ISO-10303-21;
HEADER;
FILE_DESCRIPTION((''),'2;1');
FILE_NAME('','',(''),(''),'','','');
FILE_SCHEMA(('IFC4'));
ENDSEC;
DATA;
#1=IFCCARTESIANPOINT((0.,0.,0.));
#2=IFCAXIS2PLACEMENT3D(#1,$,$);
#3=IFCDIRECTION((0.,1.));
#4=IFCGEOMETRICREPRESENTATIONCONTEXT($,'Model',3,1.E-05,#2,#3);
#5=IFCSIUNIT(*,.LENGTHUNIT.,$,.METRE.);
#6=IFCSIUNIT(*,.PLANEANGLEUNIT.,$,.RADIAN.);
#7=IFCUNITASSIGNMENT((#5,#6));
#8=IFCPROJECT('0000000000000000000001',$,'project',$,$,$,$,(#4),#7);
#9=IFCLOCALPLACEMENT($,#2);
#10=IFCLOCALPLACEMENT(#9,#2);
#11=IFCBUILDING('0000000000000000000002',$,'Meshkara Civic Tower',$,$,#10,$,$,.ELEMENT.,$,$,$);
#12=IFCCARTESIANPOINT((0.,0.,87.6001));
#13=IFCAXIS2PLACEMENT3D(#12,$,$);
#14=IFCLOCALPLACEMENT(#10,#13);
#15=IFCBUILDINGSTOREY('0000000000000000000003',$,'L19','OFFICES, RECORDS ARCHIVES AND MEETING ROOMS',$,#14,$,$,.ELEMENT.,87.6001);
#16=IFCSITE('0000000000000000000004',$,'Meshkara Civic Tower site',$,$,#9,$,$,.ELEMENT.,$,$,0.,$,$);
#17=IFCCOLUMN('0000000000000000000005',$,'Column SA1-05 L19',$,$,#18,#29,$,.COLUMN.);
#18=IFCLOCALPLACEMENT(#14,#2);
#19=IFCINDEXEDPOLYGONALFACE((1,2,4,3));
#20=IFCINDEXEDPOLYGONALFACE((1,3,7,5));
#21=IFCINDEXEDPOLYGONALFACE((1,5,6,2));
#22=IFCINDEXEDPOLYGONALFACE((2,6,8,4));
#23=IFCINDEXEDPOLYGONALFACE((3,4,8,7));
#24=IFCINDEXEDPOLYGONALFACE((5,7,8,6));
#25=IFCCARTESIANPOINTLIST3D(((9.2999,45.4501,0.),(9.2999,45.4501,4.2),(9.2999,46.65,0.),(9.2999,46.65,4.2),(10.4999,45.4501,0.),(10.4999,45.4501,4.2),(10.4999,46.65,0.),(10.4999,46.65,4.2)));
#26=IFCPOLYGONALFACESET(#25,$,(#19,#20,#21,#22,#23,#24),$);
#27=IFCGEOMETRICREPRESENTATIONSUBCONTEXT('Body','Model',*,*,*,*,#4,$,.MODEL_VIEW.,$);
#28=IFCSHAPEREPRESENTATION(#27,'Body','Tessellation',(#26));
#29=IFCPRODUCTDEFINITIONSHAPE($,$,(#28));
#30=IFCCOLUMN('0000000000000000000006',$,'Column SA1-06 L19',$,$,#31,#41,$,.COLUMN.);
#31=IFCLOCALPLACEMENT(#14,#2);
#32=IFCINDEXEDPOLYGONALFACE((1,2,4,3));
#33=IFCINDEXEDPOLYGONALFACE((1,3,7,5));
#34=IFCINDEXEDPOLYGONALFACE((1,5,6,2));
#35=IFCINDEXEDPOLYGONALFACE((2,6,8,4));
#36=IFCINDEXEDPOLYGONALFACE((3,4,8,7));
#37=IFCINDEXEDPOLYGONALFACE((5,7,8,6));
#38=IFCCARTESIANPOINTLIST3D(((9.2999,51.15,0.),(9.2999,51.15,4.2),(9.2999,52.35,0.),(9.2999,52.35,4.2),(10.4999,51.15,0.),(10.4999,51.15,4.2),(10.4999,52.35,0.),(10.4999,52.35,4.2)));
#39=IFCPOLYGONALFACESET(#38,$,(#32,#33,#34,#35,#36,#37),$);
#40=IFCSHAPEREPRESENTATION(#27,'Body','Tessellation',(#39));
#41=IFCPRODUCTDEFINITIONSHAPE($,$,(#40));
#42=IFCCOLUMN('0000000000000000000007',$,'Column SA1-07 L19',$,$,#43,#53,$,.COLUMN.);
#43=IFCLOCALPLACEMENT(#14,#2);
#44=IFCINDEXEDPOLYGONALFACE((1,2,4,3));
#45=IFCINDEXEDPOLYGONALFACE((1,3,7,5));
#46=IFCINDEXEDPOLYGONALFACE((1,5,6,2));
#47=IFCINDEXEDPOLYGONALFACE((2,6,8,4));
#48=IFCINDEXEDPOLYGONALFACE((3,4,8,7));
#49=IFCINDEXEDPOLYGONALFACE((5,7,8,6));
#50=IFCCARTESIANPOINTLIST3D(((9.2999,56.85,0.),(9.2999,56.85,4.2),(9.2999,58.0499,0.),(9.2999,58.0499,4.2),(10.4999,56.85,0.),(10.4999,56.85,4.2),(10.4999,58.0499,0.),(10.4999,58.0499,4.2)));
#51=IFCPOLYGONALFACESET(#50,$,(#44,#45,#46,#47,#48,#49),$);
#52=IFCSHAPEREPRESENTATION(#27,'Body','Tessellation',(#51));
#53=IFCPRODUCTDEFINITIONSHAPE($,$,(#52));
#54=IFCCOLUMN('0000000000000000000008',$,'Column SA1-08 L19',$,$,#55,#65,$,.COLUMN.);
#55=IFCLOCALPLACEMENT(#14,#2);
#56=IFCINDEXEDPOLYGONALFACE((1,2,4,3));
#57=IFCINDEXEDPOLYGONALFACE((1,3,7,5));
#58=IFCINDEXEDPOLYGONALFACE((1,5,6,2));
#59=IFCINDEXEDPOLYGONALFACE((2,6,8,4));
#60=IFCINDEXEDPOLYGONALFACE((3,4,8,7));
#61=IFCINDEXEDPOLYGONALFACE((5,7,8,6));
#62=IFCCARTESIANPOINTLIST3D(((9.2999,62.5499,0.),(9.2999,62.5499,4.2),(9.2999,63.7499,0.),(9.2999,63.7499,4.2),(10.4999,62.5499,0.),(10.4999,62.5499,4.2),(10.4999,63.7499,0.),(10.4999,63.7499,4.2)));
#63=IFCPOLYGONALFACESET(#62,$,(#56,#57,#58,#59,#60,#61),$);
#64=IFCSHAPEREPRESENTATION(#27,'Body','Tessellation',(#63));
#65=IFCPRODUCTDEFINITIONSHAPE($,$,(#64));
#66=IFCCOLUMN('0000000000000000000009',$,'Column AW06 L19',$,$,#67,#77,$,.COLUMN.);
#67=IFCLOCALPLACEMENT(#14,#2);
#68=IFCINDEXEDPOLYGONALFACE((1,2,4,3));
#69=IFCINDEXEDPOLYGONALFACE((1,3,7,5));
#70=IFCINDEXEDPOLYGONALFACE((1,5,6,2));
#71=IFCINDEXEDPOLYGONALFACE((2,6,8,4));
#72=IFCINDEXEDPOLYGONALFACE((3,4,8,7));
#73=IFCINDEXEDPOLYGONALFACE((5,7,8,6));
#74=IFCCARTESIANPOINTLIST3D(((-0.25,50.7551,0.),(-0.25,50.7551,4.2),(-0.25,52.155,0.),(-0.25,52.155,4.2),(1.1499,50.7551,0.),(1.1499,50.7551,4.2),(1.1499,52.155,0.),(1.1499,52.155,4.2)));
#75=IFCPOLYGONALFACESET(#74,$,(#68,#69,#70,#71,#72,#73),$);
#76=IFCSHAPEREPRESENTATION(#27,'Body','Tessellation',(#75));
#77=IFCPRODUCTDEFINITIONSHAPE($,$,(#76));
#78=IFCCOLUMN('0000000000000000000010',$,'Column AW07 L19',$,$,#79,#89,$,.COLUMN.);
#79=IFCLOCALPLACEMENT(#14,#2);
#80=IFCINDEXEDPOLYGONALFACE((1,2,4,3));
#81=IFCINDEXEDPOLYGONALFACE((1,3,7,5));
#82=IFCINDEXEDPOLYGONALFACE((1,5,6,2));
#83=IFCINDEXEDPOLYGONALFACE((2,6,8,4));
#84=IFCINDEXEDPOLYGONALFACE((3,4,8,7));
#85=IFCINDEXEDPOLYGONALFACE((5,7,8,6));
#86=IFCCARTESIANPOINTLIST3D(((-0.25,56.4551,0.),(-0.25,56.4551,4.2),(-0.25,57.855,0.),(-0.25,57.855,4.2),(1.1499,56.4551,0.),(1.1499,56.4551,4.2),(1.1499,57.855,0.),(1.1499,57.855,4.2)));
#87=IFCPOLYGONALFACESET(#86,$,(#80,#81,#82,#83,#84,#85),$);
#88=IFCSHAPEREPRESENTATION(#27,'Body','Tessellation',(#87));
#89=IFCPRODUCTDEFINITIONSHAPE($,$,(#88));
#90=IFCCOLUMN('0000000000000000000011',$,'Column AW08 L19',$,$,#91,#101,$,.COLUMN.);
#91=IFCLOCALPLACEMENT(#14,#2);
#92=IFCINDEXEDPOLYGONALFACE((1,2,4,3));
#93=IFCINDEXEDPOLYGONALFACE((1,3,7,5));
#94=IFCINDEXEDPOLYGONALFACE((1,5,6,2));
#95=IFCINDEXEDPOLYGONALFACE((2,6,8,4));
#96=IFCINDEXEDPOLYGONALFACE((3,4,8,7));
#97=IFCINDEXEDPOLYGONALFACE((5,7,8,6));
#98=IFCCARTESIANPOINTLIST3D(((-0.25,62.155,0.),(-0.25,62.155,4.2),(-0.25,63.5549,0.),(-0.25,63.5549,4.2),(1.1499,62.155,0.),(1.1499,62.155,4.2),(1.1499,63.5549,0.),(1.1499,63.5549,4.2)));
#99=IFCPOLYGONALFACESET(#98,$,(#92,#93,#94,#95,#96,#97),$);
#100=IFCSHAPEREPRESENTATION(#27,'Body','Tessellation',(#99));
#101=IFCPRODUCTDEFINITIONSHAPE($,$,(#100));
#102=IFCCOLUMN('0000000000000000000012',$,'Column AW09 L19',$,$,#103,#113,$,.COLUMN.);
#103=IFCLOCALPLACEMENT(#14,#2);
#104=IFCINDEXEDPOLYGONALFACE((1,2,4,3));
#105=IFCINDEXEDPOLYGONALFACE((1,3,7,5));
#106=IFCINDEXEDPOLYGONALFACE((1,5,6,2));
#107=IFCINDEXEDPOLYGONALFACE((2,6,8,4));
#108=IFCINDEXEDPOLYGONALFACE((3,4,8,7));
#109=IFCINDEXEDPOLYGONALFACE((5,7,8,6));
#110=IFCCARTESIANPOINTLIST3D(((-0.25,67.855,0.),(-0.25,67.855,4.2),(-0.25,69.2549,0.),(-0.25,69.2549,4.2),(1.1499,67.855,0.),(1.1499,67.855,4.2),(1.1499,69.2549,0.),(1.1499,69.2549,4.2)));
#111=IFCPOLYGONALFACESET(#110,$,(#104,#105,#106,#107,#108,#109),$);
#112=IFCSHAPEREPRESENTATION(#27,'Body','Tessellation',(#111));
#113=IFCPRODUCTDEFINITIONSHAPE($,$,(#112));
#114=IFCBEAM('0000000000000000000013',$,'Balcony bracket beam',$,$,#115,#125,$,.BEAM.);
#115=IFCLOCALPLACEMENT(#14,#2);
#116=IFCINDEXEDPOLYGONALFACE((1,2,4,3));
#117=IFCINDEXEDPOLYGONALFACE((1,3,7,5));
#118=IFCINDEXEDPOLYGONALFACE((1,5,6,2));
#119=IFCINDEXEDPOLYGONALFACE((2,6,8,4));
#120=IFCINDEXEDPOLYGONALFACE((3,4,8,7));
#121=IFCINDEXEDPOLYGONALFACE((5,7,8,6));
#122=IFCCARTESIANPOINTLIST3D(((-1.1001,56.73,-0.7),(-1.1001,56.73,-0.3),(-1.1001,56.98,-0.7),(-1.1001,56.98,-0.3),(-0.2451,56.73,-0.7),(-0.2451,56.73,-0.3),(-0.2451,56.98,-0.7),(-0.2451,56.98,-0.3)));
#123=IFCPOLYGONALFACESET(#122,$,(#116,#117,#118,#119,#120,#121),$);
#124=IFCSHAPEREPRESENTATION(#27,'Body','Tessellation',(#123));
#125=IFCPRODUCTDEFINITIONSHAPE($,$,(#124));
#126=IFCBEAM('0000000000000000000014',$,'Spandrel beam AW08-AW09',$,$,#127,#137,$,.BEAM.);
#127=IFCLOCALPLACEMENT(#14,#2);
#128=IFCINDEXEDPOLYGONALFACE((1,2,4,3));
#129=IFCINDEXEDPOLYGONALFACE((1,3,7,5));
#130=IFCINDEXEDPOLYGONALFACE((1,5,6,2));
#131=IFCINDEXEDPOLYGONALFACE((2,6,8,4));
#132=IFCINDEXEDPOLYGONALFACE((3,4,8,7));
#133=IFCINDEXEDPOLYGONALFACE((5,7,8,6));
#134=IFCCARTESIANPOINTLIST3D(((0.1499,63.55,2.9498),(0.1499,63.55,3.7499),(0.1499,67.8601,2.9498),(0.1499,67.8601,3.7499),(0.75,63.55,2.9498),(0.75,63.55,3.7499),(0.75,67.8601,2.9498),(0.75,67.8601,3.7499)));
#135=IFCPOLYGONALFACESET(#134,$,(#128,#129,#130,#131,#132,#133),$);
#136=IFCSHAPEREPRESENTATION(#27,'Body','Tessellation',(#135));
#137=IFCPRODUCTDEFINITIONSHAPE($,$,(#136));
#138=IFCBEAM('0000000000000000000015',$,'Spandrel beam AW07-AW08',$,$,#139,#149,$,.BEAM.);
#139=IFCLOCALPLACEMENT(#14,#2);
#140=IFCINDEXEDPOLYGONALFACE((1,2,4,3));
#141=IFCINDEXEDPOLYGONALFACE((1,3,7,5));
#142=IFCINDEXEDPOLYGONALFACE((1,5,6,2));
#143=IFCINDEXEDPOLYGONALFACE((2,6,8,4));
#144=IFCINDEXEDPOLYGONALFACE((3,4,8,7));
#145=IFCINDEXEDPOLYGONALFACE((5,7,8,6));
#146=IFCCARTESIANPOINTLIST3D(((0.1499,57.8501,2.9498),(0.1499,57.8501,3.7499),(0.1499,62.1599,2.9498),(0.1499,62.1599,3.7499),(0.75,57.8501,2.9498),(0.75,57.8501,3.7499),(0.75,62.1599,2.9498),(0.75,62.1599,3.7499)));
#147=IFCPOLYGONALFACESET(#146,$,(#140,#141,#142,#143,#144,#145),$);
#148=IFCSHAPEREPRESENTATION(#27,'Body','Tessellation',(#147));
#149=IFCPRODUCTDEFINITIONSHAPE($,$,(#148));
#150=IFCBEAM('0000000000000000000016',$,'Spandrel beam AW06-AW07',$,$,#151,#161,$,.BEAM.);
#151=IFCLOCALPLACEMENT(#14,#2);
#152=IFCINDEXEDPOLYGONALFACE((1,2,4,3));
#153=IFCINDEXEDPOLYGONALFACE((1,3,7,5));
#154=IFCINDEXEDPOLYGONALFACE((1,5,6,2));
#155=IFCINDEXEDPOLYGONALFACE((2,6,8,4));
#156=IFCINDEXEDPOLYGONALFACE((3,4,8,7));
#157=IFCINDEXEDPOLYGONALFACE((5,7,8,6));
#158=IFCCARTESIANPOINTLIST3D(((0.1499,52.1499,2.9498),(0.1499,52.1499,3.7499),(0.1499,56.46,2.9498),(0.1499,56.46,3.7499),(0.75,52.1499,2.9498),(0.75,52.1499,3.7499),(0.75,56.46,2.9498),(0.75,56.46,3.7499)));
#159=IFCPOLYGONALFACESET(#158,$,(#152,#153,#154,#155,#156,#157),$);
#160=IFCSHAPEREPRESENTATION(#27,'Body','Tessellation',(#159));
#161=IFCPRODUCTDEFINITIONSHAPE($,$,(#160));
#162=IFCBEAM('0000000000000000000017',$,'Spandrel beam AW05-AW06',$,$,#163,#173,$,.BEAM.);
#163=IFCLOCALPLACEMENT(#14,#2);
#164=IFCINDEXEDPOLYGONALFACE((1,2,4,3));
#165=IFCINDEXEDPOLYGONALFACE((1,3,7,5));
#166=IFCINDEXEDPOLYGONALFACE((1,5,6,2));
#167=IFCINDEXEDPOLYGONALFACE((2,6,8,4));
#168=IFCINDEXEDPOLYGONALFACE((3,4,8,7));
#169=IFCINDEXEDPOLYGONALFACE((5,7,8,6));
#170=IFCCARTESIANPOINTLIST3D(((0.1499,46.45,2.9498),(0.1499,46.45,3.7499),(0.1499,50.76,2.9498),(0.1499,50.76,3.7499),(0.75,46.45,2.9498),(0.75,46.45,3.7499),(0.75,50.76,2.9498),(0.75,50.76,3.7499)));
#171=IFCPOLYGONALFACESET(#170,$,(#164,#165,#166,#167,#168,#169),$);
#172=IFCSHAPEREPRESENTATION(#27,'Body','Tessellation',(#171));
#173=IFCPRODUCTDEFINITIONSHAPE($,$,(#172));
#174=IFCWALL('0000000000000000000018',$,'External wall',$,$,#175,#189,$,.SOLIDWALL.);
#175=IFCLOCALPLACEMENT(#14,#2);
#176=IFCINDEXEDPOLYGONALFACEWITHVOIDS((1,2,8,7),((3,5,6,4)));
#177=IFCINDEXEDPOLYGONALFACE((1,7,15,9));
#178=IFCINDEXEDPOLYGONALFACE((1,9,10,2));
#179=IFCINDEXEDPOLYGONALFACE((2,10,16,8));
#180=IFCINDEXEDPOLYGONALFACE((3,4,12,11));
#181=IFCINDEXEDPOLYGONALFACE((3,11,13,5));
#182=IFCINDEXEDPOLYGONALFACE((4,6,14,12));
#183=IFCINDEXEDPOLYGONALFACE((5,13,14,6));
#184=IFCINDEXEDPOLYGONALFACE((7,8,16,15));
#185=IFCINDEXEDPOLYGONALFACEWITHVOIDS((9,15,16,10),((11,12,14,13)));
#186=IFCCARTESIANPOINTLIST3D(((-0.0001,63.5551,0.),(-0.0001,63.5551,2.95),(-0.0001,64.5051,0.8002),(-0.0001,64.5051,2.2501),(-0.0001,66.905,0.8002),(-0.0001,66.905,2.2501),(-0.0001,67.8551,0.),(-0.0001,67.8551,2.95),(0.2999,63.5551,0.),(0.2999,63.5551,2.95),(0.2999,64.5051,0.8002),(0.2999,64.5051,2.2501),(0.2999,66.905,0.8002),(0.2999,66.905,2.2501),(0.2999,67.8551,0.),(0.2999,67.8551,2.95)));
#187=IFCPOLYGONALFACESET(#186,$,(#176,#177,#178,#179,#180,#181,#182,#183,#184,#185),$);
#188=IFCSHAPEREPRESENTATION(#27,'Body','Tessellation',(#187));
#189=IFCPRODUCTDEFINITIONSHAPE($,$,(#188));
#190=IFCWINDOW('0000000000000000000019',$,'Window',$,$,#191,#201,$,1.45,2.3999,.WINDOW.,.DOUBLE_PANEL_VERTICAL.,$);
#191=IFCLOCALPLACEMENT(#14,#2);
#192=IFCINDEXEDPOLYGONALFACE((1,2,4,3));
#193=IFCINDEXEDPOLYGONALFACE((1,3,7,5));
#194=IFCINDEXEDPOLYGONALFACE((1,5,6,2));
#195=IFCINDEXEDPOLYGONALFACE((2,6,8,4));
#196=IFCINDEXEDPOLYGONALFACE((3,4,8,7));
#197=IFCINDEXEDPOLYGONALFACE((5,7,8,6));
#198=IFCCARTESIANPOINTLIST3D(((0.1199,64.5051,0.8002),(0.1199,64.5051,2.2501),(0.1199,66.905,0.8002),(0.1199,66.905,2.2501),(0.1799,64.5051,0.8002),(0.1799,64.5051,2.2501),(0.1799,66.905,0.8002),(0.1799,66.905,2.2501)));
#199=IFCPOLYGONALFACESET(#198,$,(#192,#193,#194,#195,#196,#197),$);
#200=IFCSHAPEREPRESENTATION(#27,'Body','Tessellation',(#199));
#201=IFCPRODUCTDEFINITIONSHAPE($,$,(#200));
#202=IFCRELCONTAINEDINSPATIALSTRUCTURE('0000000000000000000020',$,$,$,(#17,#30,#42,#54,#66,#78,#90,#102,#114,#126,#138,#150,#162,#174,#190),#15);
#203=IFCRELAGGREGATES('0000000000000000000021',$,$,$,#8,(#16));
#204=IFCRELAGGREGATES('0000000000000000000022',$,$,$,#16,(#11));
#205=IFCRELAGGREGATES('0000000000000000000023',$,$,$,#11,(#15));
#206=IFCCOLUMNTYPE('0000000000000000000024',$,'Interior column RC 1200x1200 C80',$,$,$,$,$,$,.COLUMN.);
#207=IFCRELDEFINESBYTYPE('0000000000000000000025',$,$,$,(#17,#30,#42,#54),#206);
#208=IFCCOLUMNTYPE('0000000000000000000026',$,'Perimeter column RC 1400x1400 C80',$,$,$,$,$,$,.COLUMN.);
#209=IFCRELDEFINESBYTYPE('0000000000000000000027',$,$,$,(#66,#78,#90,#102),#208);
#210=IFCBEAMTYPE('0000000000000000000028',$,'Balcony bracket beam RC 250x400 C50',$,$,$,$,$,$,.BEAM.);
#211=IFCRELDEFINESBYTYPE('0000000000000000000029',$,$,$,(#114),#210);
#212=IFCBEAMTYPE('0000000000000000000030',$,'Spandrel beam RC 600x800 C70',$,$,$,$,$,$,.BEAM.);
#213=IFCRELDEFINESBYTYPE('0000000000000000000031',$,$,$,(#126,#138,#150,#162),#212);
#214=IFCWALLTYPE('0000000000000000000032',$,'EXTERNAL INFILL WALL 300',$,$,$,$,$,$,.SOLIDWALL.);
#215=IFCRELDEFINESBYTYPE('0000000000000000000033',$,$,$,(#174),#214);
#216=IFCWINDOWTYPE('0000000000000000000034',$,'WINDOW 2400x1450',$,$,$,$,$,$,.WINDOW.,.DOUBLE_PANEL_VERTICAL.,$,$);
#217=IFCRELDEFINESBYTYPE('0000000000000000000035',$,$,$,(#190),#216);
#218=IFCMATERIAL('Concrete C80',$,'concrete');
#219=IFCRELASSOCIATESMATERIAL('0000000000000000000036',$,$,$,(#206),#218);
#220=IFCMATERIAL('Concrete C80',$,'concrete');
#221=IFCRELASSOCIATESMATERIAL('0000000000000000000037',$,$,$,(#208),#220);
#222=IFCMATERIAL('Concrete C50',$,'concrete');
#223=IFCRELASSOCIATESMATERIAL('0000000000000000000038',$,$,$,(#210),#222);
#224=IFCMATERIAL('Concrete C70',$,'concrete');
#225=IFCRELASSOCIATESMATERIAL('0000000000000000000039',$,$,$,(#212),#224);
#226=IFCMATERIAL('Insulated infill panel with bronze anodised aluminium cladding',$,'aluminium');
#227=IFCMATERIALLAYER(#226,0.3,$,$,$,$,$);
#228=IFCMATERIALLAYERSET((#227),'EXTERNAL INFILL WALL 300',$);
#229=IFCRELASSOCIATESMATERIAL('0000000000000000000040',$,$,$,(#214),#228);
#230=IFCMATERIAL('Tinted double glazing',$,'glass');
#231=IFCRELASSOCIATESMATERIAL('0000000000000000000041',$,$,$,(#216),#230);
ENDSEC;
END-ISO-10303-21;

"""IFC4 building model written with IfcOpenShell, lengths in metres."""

from ifc_helpers import new_model, si_unit, direction, frame, frame_2d, origin, origin_2d, place, context, subcontext, project, spatial, rectangle, extrude, material, layer, layer_set, material_profile, profile_set, type_object, element, fill, save


model = new_model("IFC4")

# Units and contexts
model_context = context("Model", 3, precision=1e-05, world=origin(), true_north=direction((0.0, 1.0)))
body_context = subcontext(model_context, "Body", "Model", "MODEL_VIEW")
ifc_project = project(units=[si_unit("LENGTHUNIT", "METRE"), si_unit("PLANEANGLEUNIT", "RADIAN")], contexts=[model_context])

# Site, building, storey
site_placement = place(None, origin())
site = spatial("IfcSite", under=ifc_project, at=site_placement, Name="Meshkara Civic Tower site", CompositionType="ELEMENT", RefElevation=0.0)
building_placement = place(site_placement, origin())
building = spatial("IfcBuilding", under=site, at=building_placement, Name="Meshkara Civic Tower", CompositionType="ELEMENT")
storey_placement = place(building_placement, frame((0.0, 0.0, 87.6001)))
storey = spatial("IfcBuildingStorey", under=building, at=storey_placement, Name="L19", Description="OFFICES, RECORDS ARCHIVES AND MEETING ROOMS", CompositionType="ELEMENT", Elevation=87.6001)

# Columns
ifc_material_1 = material(Name="Concrete C80", Category="concrete")
ifc_material_profile_1 = material_profile(ifc_material_1, rectangle(XDim=1.2, YDim=1.2, at=origin_2d()))
ifc_profile_set_1 = profile_set([ifc_material_profile_1], Name="Concrete C80")
column_type_1 = type_object("IfcColumnType", Name="Interior column RC 1200x1200 C80", PredefinedType="COLUMN", material=ifc_profile_set_1)
for number, where, z_axis, x_axis, name in (
    (1, (9.8999, 46.05, 0.0), (0.0, 0.0, 1.0), (1.0, 0.0, 0.0), "Column SA1-05 L19"),
    (2, (9.8999, 51.75, 0.0), (0.0, 0.0, 1.0), (1.0, 0.0, 0.0), "Column SA1-06 L19"),
    (3, (9.8999, 57.45, 0.0), (0.0, 0.0, 1.0), (1.0, 0.0, 0.0), "Column SA1-07 L19"),
    (4, (9.8999, 63.1499, 0.0), (0.0, 0.0, 1.0), (1.0, 0.0, 0.0), "Column SA1-08 L19"),
):
    element("IfcColumn", number, at=place(storey_placement, frame(where, z_axis=z_axis, x_axis=x_axis)), inside=storey, type_object=column_type_1, Name=name, PredefinedType="COLUMN", context=body_context, shape_type="SweptSolid", body=[
        extrude(rectangle(XDim=1.2, YDim=1.2, at=origin_2d()), origin(), (0.0, 0.0, 1.0), 4.2),
    ])
ifc_material_2 = material(Name="Concrete C80", Category="concrete")
ifc_material_profile_2 = material_profile(ifc_material_2, rectangle(XDim=1.3999, YDim=1.3999, at=origin_2d()))
ifc_profile_set_2 = profile_set([ifc_material_profile_2], Name="Concrete C80")
column_type_2 = type_object("IfcColumnType", Name="Perimeter column RC 1400x1400 C80", PredefinedType="COLUMN", material=ifc_profile_set_2)
for number, where, z_axis, x_axis, name in (
    (5, (0.45, 51.4551, 0.0), (0.0, 0.0, 1.0), (1.0, 0.0, 0.0), "Column AW06 L19"),
    (6, (0.45, 57.155, 0.0), (0.0, 0.0, 1.0), (1.0, 0.0, 0.0), "Column AW07 L19"),
    (7, (0.45, 62.855, 0.0), (0.0, 0.0, 1.0), (1.0, 0.0, 0.0), "Column AW08 L19"),
    (8, (0.45, 68.5549, 0.0), (0.0, 0.0, 1.0), (1.0, 0.0, 0.0), "Column AW09 L19"),
):
    element("IfcColumn", number, at=place(storey_placement, frame(where, z_axis=z_axis, x_axis=x_axis)), inside=storey, type_object=column_type_2, Name=name, PredefinedType="COLUMN", context=body_context, shape_type="SweptSolid", body=[
        extrude(rectangle(XDim=1.3999, YDim=1.3999, at=origin_2d()), origin(), (0.0, 0.0, 1.0), 4.2),
    ])

# Beams
ifc_material_3 = material(Name="Concrete C50", Category="concrete")
ifc_material_profile_3 = material_profile(ifc_material_3, rectangle(XDim=0.25, YDim=0.3999, at=origin_2d()))
ifc_profile_set_3 = profile_set([ifc_material_profile_3], Name="Concrete C50")
beam_type_1 = type_object("IfcBeamType", Name="Balcony bracket beam RC 250x400 C50", PredefinedType="BEAM", material=ifc_profile_set_3)
beam_1_placement = place(storey_placement, frame((-0.2451, 56.855, -0.5), z_axis=(-1.0, 0.0, 0.0), x_axis=(0.0, -1.0, 0.0)))
element("IfcBeam", 9, at=beam_1_placement, inside=storey, type_object=beam_type_1, Name="Balcony bracket beam", PredefinedType="BEAM", context=body_context, shape_type="SweptSolid", body=[
    extrude(rectangle(XDim=0.25, YDim=0.3999, at=origin_2d()), origin(), (0.0, 0.0, 1.0), 0.855),
])
ifc_material_4 = material(Name="Concrete C70", Category="concrete")
ifc_material_profile_4 = material_profile(ifc_material_4, rectangle(XDim=0.6001, YDim=0.8, at=origin_2d()))
ifc_profile_set_4 = profile_set([ifc_material_profile_4], Name="Concrete C70")
beam_type_2 = type_object("IfcBeamType", Name="Spandrel beam RC 600x800 C70", PredefinedType="BEAM", material=ifc_profile_set_4)
beam_2_placement = place(storey_placement, frame((0.45, 67.8601, 3.3499), z_axis=(0.0, -1.0, 0.0), x_axis=(1.0, 0.0, 0.0)))
element("IfcBeam", 10, at=beam_2_placement, inside=storey, type_object=beam_type_2, Name="Spandrel beam AW08-AW09", PredefinedType="BEAM", context=body_context, shape_type="SweptSolid", body=[
    extrude(rectangle(XDim=0.6001, YDim=0.8, at=origin_2d()), origin(), (0.0, 0.0, 1.0), 4.3101),
])
beam_3_placement = place(storey_placement, frame((0.45, 62.1599, 3.3499), z_axis=(0.0, -1.0, 0.0), x_axis=(1.0, 0.0, 0.0)))
element("IfcBeam", 11, at=beam_3_placement, inside=storey, type_object=beam_type_2, Name="Spandrel beam AW07-AW08", PredefinedType="BEAM", context=body_context, shape_type="SweptSolid", body=[
    extrude(rectangle(XDim=0.6001, YDim=0.8, at=origin_2d()), origin(), (0.0, 0.0, 1.0), 4.3098),
])
for number, where, z_axis, x_axis, name in (
    (12, (0.45, 56.46, 3.3499), (0.0, -1.0, 0.0), (1.0, 0.0, 0.0), "Spandrel beam AW06-AW07"),
    (13, (0.45, 50.76, 3.3499), (0.0, -1.0, 0.0), (1.0, 0.0, 0.0), "Spandrel beam AW05-AW06"),
):
    element("IfcBeam", number, at=place(storey_placement, frame(where, z_axis=z_axis, x_axis=x_axis)), inside=storey, type_object=beam_type_2, Name=name, PredefinedType="BEAM", context=body_context, shape_type="SweptSolid", body=[
        extrude(rectangle(XDim=0.6001, YDim=0.8, at=origin_2d()), origin(), (0.0, 0.0, 1.0), 4.3101),
    ])

# Wall, opening, window
ifc_material_5 = material(Name="Insulated infill panel with bronze anodised aluminium cladding", Category="aluminium")
ifc_layer_1 = layer(ifc_material_5, 0.3)
ifc_layer_set_1 = layer_set([ifc_layer_1], Name="EXTERNAL INFILL WALL 300")
wall_type_1 = type_object("IfcWallType", Name="EXTERNAL INFILL WALL 300", PredefinedType="SOLIDWALL", material=ifc_layer_set_1)
wall_1_placement = place(storey_placement, frame((0.1499, 67.855, 0.0), z_axis=(0.0, 0.0, 1.0), x_axis=(0.0, -1.0, 0.0)))
wall_1 = element("IfcWall", 14, at=wall_1_placement, inside=storey, type_object=wall_type_1, Name="External wall", PredefinedType="SOLIDWALL", context=body_context, shape_type="SweptSolid", body=[
    extrude(rectangle(XDim=4.3, YDim=0.3, at=frame_2d((2.1499, 0.0))), origin(), (0.0, 0.0, 1.0), 2.95),
])
opening_1_placement = place(wall_1_placement, frame((0.95, 0.0, 0.8)))
opening_1 = element("IfcOpeningElement", 15, at=opening_1_placement, cuts=wall_1, PredefinedType="OPENING", context=body_context, shape_type="SweptSolid", body=[
    extrude(rectangle(XDim=2.3999, YDim=1.45, at=frame_2d((1.2, 0.7251))), frame((0.0, 0.1599, 0.0), z_axis=(0.0, -1.0, 0.0), x_axis=(1.0, 0.0, 0.0)), (0.0, 0.0, 1.0), 0.3201),
])
ifc_material_6 = material(Name="Tinted double glazing", Category="glass")
window_type = type_object("IfcWindowType", Name="WINDOW 2400x1450", PartitioningType="DOUBLE_PANEL_VERTICAL", PredefinedType="WINDOW", material=ifc_material_6)
window_1_placement = place(opening_1_placement, origin())
window_1 = element("IfcWindow", 16, at=window_1_placement, inside=storey, type_object=window_type, Name="Window", OverallHeight=1.45, OverallWidth=2.3999, PartitioningType="DOUBLE_PANEL_VERTICAL", PredefinedType="WINDOW", context=body_context, shape_type="SweptSolid", body=[
    extrude(rectangle(XDim=2.3999, YDim=1.45, at=frame_2d((1.2, 0.7251))), frame((0.0, 0.03, 0.0), z_axis=(0.0, -1.0, 0.0), x_axis=(1.0, 0.0, 0.0)), (0.0, 0.0, 1.0), 0.0601),
])
fill(opening_1, window_1)

save(model, "model.ifc")
